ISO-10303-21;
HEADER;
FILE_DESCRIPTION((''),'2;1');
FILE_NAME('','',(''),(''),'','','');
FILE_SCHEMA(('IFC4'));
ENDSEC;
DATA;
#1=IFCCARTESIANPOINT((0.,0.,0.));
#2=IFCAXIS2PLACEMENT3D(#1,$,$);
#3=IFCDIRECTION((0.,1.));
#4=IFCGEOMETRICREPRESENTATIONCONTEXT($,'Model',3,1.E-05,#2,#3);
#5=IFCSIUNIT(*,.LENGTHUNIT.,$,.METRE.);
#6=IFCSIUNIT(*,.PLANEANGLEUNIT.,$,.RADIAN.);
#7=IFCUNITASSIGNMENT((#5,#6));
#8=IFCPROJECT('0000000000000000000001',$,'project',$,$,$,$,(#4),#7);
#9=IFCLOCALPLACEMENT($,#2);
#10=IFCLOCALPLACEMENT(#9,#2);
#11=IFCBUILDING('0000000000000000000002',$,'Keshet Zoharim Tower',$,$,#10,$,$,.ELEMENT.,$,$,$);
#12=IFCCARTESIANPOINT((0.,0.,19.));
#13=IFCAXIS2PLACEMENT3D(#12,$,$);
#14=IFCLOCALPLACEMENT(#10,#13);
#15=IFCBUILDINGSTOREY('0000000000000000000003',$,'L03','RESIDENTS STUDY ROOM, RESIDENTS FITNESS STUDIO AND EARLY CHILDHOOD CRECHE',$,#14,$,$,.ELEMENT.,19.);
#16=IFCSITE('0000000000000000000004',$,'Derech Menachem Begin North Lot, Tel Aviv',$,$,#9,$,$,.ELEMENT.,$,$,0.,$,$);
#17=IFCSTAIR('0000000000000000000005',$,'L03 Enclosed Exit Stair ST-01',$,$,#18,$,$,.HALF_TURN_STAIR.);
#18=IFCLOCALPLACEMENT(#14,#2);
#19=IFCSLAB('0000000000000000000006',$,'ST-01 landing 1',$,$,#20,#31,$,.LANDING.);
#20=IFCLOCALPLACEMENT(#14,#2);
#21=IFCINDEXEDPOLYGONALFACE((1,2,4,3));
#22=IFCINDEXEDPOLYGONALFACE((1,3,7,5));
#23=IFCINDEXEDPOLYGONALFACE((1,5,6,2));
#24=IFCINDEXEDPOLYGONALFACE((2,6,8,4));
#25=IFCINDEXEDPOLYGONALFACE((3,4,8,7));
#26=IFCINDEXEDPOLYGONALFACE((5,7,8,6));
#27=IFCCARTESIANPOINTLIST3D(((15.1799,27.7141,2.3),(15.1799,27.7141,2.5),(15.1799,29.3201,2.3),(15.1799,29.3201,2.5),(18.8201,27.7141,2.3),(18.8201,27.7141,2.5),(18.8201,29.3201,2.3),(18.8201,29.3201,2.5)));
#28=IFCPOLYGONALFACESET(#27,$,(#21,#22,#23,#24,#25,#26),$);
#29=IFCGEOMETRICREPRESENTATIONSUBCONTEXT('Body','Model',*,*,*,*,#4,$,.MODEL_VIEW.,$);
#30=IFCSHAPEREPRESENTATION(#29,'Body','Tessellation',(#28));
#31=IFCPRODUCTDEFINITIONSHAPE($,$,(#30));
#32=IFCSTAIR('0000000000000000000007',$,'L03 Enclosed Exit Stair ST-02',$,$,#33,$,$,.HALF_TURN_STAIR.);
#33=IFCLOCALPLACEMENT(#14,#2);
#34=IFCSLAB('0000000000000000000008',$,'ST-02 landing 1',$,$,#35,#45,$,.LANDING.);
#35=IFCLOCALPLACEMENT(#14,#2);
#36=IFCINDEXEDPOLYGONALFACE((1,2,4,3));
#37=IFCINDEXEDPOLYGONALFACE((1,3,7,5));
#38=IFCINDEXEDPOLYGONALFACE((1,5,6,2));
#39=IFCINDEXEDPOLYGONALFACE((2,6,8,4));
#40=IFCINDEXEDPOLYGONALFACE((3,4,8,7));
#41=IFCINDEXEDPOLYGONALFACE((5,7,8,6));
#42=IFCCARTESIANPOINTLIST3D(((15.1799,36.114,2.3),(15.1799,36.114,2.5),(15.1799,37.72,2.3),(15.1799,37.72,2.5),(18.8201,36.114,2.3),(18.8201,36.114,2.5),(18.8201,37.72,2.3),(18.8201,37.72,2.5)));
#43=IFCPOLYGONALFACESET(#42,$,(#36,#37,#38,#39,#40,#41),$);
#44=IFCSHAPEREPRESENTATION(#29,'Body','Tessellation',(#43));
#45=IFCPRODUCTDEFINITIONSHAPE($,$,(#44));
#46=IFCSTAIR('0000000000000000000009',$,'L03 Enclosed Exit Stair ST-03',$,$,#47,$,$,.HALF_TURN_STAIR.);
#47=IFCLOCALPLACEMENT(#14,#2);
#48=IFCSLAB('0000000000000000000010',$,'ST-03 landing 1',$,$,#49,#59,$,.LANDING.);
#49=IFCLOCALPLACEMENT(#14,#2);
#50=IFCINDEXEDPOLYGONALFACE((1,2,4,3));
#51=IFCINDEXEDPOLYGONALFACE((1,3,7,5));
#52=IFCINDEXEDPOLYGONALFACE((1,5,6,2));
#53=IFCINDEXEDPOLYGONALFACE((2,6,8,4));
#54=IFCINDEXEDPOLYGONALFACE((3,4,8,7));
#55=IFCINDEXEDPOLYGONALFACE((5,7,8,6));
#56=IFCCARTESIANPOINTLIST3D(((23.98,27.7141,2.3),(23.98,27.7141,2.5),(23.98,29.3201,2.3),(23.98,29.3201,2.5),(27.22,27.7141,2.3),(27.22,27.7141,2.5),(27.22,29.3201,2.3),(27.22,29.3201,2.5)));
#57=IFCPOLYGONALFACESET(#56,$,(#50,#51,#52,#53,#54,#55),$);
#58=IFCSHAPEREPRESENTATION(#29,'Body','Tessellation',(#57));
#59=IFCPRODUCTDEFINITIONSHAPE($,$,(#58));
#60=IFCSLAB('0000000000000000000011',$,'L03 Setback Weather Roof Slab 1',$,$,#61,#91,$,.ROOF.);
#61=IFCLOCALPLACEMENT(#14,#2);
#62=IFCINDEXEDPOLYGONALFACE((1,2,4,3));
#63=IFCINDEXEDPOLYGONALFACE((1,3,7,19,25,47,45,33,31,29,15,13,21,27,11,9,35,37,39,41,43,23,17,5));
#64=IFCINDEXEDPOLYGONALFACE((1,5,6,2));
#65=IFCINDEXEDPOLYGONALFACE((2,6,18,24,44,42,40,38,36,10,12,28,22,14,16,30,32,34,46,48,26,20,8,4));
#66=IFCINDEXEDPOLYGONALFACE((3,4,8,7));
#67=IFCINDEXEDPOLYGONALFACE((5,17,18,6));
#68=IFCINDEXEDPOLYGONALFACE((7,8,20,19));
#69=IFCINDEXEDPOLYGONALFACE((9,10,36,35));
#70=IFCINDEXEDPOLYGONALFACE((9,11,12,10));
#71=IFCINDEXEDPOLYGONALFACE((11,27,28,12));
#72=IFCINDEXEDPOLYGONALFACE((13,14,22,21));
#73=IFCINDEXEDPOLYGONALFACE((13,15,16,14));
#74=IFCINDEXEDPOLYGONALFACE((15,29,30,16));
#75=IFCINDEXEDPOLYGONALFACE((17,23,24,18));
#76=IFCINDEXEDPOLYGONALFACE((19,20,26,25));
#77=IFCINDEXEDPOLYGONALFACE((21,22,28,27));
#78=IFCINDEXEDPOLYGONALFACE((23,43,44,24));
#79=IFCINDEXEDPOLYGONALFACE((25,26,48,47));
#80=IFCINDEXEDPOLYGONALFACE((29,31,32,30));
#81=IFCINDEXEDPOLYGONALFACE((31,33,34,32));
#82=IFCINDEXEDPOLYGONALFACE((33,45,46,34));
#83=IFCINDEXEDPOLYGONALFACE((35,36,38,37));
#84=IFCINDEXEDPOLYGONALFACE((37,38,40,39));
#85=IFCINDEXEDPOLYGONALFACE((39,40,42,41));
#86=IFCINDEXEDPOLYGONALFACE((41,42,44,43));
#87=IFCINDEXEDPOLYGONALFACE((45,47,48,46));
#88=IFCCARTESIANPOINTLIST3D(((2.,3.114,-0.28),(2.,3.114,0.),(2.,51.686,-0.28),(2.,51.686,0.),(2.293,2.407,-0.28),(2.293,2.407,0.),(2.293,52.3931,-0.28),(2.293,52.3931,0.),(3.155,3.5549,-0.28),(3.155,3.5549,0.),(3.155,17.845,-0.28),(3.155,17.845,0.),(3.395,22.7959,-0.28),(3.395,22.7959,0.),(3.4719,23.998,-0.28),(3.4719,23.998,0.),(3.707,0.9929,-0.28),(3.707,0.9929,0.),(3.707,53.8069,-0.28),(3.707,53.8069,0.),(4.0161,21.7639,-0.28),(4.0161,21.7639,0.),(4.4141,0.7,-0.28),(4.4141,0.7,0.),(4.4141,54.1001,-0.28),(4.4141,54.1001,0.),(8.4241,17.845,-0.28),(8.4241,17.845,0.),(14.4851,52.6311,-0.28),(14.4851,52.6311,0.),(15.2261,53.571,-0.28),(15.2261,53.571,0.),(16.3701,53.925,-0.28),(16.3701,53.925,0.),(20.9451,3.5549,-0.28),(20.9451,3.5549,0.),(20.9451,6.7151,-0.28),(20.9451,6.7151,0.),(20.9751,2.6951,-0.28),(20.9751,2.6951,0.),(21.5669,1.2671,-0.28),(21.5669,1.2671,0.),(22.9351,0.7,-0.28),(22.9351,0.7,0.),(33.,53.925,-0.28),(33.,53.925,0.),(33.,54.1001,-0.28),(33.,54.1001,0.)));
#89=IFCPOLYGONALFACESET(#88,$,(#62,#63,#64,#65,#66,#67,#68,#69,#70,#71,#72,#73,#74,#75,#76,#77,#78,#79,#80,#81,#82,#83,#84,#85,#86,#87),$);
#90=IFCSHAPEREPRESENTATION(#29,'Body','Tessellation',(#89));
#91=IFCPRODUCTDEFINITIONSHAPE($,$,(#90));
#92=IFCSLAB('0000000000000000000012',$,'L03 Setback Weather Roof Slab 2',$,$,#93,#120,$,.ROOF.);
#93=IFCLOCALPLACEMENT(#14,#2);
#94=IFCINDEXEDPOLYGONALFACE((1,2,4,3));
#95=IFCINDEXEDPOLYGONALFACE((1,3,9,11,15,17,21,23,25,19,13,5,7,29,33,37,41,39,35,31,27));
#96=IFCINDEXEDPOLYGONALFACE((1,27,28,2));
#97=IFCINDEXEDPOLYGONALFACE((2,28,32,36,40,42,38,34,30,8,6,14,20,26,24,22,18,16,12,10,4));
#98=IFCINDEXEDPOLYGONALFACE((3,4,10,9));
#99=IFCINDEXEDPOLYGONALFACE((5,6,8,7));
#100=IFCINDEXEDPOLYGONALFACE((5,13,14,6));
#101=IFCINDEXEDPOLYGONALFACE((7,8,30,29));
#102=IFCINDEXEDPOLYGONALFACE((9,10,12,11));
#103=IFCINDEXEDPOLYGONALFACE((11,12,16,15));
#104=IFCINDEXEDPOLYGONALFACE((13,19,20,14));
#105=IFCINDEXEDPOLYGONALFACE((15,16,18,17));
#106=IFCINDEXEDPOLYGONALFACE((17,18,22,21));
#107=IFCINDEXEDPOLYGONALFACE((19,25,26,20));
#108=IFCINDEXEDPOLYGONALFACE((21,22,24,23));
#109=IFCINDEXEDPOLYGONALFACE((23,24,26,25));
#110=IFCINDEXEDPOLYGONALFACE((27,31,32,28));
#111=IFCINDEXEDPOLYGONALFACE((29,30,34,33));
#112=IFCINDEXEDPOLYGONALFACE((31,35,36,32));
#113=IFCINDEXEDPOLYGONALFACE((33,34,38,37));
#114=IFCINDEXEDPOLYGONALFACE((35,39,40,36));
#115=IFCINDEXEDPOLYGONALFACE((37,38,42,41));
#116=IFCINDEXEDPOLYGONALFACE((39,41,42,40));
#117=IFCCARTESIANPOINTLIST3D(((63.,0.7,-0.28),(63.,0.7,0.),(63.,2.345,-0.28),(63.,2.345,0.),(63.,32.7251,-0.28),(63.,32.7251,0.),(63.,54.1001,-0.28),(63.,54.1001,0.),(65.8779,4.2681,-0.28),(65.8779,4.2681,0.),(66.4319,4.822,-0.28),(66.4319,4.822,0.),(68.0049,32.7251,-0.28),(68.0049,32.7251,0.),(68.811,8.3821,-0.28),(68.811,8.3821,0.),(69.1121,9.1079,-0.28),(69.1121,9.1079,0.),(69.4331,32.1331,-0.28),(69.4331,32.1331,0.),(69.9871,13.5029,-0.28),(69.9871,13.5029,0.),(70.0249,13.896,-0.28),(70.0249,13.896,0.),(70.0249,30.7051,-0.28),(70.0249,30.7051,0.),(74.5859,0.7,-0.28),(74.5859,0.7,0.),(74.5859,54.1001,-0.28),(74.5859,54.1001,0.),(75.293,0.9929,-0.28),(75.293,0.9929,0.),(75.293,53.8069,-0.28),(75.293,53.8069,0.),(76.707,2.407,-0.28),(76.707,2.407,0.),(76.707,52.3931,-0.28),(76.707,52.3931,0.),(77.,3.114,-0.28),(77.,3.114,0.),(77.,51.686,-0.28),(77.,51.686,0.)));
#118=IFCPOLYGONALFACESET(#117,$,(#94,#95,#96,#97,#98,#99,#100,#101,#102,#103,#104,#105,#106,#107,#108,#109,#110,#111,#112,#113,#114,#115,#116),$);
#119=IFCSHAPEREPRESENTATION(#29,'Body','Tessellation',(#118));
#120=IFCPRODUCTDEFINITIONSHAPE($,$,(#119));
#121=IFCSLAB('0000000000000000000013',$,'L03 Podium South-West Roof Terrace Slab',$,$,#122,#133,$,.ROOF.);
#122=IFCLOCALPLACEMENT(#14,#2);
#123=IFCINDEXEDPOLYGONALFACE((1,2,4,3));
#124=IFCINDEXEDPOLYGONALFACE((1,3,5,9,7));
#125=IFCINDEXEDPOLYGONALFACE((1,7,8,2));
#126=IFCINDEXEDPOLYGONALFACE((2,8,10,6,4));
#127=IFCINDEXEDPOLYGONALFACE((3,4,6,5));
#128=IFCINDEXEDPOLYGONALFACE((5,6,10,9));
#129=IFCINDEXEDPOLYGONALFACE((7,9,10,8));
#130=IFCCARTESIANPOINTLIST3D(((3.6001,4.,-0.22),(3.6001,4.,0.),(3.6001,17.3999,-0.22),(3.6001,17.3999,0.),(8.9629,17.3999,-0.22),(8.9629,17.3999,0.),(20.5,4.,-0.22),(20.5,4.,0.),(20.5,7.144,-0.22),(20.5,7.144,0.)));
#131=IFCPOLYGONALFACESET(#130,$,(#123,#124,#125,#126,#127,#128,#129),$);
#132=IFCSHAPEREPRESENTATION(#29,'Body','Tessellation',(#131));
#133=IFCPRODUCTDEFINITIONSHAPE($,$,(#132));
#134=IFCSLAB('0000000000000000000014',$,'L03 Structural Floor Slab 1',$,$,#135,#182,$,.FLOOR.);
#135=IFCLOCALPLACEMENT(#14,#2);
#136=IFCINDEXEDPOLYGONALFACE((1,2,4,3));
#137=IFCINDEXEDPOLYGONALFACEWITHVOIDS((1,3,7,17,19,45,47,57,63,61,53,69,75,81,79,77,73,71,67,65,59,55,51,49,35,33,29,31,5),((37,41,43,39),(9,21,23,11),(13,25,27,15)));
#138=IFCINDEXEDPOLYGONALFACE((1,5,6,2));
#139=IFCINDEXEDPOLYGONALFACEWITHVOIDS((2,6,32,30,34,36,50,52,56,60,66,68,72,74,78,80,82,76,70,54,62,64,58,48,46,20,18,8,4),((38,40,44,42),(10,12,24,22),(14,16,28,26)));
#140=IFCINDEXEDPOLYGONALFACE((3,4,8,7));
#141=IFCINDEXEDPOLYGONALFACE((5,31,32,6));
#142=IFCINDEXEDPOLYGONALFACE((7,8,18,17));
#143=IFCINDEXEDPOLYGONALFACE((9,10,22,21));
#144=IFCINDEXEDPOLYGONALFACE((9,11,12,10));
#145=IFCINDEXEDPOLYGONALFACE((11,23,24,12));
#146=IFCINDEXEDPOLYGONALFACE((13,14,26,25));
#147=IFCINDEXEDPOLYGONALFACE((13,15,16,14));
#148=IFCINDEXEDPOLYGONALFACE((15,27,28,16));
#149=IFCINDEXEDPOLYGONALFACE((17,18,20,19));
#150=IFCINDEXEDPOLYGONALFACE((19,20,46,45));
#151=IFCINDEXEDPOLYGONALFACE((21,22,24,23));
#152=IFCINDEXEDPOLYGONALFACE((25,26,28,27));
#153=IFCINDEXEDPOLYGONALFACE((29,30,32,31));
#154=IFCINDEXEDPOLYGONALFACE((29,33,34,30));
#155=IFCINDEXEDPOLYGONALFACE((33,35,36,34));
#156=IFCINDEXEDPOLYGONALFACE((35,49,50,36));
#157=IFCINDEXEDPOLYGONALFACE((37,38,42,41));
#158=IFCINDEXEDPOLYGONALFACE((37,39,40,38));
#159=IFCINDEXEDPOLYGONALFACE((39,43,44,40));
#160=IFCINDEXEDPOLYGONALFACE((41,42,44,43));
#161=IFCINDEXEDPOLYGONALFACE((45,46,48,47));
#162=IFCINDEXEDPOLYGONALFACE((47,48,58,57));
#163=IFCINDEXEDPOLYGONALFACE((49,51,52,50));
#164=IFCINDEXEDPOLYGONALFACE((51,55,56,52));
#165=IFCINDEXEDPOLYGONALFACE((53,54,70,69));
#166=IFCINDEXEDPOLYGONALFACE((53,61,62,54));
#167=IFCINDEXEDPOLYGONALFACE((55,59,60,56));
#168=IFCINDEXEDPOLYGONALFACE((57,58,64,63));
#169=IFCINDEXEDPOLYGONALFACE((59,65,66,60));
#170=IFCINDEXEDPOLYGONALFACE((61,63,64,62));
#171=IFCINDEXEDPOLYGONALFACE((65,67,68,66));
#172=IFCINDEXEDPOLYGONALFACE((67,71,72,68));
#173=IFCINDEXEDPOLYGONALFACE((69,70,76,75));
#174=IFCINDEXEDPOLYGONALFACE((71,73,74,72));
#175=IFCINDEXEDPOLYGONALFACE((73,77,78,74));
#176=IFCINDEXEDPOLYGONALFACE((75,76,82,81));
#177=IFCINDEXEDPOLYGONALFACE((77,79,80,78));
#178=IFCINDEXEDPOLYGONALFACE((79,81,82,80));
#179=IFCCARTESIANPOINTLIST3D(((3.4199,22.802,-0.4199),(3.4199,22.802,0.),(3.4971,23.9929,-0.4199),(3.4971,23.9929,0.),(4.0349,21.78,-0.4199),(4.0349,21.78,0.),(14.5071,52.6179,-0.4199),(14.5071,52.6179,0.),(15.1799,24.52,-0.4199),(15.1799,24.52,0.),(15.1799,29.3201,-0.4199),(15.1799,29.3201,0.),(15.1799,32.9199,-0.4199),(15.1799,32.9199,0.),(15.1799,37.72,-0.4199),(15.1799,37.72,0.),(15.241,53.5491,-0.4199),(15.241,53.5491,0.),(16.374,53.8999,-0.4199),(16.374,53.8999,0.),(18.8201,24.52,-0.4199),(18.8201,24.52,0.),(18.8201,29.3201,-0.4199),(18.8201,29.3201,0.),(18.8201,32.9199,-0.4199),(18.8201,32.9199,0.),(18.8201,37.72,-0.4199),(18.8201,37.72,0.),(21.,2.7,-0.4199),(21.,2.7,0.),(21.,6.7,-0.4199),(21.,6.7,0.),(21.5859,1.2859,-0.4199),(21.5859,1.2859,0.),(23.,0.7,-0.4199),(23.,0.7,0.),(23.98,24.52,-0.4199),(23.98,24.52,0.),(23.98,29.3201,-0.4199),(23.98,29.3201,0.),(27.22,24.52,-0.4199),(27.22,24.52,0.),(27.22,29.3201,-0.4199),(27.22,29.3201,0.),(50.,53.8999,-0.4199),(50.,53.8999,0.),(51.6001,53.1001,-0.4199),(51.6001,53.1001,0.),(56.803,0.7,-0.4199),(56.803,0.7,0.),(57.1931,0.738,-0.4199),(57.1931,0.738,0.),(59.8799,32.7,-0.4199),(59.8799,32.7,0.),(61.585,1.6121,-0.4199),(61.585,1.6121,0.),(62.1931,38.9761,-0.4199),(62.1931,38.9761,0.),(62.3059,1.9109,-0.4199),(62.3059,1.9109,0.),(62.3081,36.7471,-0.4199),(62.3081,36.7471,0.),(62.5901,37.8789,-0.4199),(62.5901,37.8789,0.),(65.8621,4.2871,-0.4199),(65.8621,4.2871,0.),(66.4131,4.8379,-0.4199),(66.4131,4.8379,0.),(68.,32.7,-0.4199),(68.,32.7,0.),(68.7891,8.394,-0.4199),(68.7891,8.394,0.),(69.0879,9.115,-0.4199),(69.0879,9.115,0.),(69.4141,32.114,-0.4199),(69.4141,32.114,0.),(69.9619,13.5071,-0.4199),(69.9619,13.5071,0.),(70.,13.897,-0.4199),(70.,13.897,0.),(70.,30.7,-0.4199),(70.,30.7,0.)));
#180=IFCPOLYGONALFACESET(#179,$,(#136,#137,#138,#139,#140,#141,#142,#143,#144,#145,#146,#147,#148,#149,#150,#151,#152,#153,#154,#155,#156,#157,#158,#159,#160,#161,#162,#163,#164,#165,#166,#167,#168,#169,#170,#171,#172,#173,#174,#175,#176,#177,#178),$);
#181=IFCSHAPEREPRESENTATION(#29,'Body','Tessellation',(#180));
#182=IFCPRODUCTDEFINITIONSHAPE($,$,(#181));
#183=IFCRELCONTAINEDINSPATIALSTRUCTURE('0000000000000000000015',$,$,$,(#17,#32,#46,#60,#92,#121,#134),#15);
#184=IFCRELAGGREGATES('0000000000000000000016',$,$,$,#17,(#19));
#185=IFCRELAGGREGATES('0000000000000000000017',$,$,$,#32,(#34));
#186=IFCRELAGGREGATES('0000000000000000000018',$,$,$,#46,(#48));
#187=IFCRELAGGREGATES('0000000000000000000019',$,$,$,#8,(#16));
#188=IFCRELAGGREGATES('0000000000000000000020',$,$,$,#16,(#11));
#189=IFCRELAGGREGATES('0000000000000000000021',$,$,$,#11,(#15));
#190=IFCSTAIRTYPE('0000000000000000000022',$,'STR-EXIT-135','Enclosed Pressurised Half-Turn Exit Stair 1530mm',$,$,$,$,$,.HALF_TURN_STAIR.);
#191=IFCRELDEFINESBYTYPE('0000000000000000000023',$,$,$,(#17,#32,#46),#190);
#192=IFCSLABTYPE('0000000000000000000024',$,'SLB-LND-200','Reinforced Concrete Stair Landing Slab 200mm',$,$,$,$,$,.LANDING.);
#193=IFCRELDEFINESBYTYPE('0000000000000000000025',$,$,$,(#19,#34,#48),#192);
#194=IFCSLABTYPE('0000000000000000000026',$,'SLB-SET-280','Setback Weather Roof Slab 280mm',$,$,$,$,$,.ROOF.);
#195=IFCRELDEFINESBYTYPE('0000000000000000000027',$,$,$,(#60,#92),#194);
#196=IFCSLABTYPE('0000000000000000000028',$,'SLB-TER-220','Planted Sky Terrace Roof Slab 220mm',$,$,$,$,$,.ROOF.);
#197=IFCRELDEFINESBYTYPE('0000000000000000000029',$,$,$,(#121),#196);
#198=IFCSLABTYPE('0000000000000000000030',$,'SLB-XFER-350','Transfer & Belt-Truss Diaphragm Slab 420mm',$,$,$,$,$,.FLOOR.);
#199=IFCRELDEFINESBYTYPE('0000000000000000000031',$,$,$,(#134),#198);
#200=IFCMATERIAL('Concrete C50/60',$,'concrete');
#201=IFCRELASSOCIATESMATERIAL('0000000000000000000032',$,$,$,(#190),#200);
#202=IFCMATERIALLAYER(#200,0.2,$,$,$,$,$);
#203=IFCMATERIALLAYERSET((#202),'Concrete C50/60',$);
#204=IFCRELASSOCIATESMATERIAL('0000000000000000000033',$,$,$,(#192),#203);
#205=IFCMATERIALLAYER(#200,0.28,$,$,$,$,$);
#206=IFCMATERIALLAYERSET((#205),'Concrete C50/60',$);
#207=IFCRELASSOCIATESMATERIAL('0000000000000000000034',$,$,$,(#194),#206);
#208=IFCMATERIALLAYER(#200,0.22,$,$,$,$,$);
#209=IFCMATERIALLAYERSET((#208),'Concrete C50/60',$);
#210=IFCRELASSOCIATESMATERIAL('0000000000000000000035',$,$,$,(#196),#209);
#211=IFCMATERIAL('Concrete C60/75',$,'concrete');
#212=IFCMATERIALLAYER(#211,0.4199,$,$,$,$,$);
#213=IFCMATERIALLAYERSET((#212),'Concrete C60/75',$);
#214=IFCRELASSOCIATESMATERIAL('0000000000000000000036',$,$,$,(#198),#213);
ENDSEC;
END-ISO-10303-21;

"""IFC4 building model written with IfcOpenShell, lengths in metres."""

from ifc_helpers import new_model, si_unit, direction, frame, origin, place, context, subcontext, project, spatial, polyline, outline, extrude, material, layer, layer_set, type_object, element, aggregate, save


model = new_model("IFC4")

# Units and contexts
model_context = context("Model", 3, precision=1e-05, world=origin(), true_north=direction((0.0, 1.0)))
body_context = subcontext(model_context, "Body", "Model", "MODEL_VIEW")
ifc_project = project(units=[si_unit("LENGTHUNIT", "METRE"), si_unit("PLANEANGLEUNIT", "RADIAN")], contexts=[model_context])

# Site, building, storey
site_placement = place(None, origin())
site = spatial("IfcSite", under=ifc_project, at=site_placement, Name="Derech Menachem Begin North Lot, Tel Aviv", CompositionType="ELEMENT", RefElevation=0.0)
building_placement = place(site_placement, origin())
building = spatial("IfcBuilding", under=site, at=building_placement, Name="Keshet Zoharim Tower", CompositionType="ELEMENT")
storey_placement = place(building_placement, frame((0.0, 0.0, 19.0)))
storey = spatial("IfcBuildingStorey", under=building, at=storey_placement, Name="L03", Description="RESIDENTS STUDY ROOM, RESIDENTS FITNESS STUDIO AND EARLY CHILDHOOD CRECHE", CompositionType="ELEMENT", Elevation=19.0)

# Stairs, slabs
ifc_material_1 = material(Name="Concrete C50/60", Category="concrete")
stair_type = type_object("IfcStairType", Name="STR-EXIT-135", Description="Enclosed Pressurised Half-Turn Exit Stair 1530mm", PredefinedType="HALF_TURN_STAIR", material=ifc_material_1)
stair_1_placement = place(storey_placement, origin())
stair_1 = element("IfcStair", 1, at=stair_1_placement, inside=storey, type_object=stair_type, Name="L03 Enclosed Exit Stair ST-01", PredefinedType="HALF_TURN_STAIR")
ifc_layer_1 = layer(ifc_material_1, 0.2)
ifc_layer_set_1 = layer_set([ifc_layer_1], Name="Concrete C50/60")
slab_type_1 = type_object("IfcSlabType", Name="SLB-LND-200", Description="Reinforced Concrete Stair Landing Slab 200mm", PredefinedType="LANDING", material=ifc_layer_set_1)
slab_1_placement = place(storey_placement, frame((0.0, 0.0, 2.3)))
slab_1 = element("IfcSlab", 2, at=slab_1_placement, type_object=slab_type_1, Name="ST-01 landing 1", PredefinedType="LANDING", context=body_context, shape_type="SweptSolid", body=[
    extrude(outline(polyline([(15.1799, 27.7141), (18.8201, 27.7141), (18.8201, 29.3201), (15.1799, 29.3201), (15.1799, 27.7141)])), origin(), (0.0, 0.0, 1.0), 0.2),
])
aggregate(stair_1, [slab_1])
stair_2_placement = place(storey_placement, origin())
stair_2 = element("IfcStair", 3, at=stair_2_placement, inside=storey, type_object=stair_type, Name="L03 Enclosed Exit Stair ST-02", PredefinedType="HALF_TURN_STAIR")
slab_2_placement = place(storey_placement, frame((0.0, 0.0, 2.3)))
slab_2 = element("IfcSlab", 4, at=slab_2_placement, type_object=slab_type_1, Name="ST-02 landing 1", PredefinedType="LANDING", context=body_context, shape_type="SweptSolid", body=[
    extrude(outline(polyline([(15.1799, 36.114), (18.8201, 36.114), (18.8201, 37.72), (15.1799, 37.72), (15.1799, 36.114)])), origin(), (0.0, 0.0, 1.0), 0.2),
])
aggregate(stair_2, [slab_2])
stair_3_placement = place(storey_placement, origin())
stair_3 = element("IfcStair", 5, at=stair_3_placement, inside=storey, type_object=stair_type, Name="L03 Enclosed Exit Stair ST-03", PredefinedType="HALF_TURN_STAIR")
slab_3_placement = place(storey_placement, frame((0.0, 0.0, 2.3)))
slab_3 = element("IfcSlab", 6, at=slab_3_placement, type_object=slab_type_1, Name="ST-03 landing 1", PredefinedType="LANDING", context=body_context, shape_type="SweptSolid", body=[
    extrude(outline(polyline([(23.98, 27.7141), (27.22, 27.7141), (27.22, 29.3201), (23.98, 29.3201), (23.98, 27.7141)])), origin(), (0.0, 0.0, 1.0), 0.2),
])
aggregate(stair_3, [slab_3])

# Slabs
ifc_layer_2 = layer(ifc_material_1, 0.28)
ifc_layer_set_2 = layer_set([ifc_layer_2], Name="Concrete C50/60")
slab_type_2 = type_object("IfcSlabType", Name="SLB-SET-280", Description="Setback Weather Roof Slab 280mm", PredefinedType="ROOF", material=ifc_layer_set_2)
slab_4_placement = place(storey_placement, frame((0.0, 0.0, -0.28)))
element("IfcSlab", 7, at=slab_4_placement, inside=storey, type_object=slab_type_2, Name="L03 Setback Weather Roof Slab 1", PredefinedType="ROOF", context=body_context, shape_type="SweptSolid", body=[
    extrude(outline(polyline([(2.293, 52.3931), (3.707, 53.8069), (4.4141, 54.1001), (33.0, 54.1001), (33.0, 53.925), (16.3701, 53.925), (15.2261, 53.571), (14.4851, 52.6311), (3.4719, 23.998), (3.395, 22.7959), (4.0161, 21.7639), (8.4241, 17.845), (3.155, 17.845), (3.155, 3.5549), (20.9451, 3.5549), (20.9451, 6.7151), (20.9751, 2.6951), (21.5669, 1.2671), (22.9351, 0.7), (4.4141, 0.7), (3.707, 0.9929), (2.293, 2.407), (2.0, 3.114), (2.0, 51.686), (2.293, 52.3931)])), origin(), (0.0, 0.0, 1.0), 0.28),
])
slab_5_placement = place(storey_placement, frame((0.0, 0.0, -0.28)))
element("IfcSlab", 8, at=slab_5_placement, inside=storey, type_object=slab_type_2, Name="L03 Setback Weather Roof Slab 2", PredefinedType="ROOF", context=body_context, shape_type="SweptSolid", body=[
    extrude(outline(polyline([(76.707, 52.3931), (77.0, 51.686), (77.0, 3.114), (76.707, 2.407), (75.293, 0.9929), (74.5859, 0.7), (63.0, 0.7), (63.0, 2.345), (65.8779, 4.2681), (66.4319, 4.822), (68.811, 8.3821), (69.1121, 9.1079), (69.9871, 13.5029), (70.0249, 13.896), (70.0249, 30.7051), (69.4331, 32.1331), (68.0049, 32.7251), (63.0, 32.7251), (63.0, 54.1001), (74.5859, 54.1001), (75.293, 53.8069), (76.707, 52.3931)])), origin(), (0.0, 0.0, 1.0), 0.28),
])
ifc_layer_3 = layer(ifc_material_1, 0.22)
ifc_layer_set_3 = layer_set([ifc_layer_3], Name="Concrete C50/60")
slab_type_3 = type_object("IfcSlabType", Name="SLB-TER-220", Description="Planted Sky Terrace Roof Slab 220mm", PredefinedType="ROOF", material=ifc_layer_set_3)
slab_6_placement = place(storey_placement, frame((0.0, 0.0, -0.22)))
element("IfcSlab", 9, at=slab_6_placement, inside=storey, type_object=slab_type_3, Name="L03 Podium South-West Roof Terrace Slab", PredefinedType="ROOF", context=body_context, shape_type="SweptSolid", body=[
    extrude(outline(polyline([(8.9629, 17.3999), (20.5, 7.144), (20.5, 4.0), (3.6001, 4.0), (3.6001, 17.3999), (8.9629, 17.3999)])), origin(), (0.0, 0.0, 1.0), 0.22),
])
ifc_material_2 = material(Name="Concrete C60/75", Category="concrete")
ifc_layer_4 = layer(ifc_material_2, 0.4199)
ifc_layer_set_4 = layer_set([ifc_layer_4], Name="Concrete C60/75")
slab_type_4 = type_object("IfcSlabType", Name="SLB-XFER-350", Description="Transfer & Belt-Truss Diaphragm Slab 420mm", PredefinedType="FLOOR", material=ifc_layer_set_4)
slab_7_placement = place(storey_placement, frame((0.0, 0.0, -0.4199)))
element("IfcSlab", 10, at=slab_7_placement, inside=storey, type_object=slab_type_4, Name="L03 Structural Floor Slab 1", PredefinedType="FLOOR", context=body_context, shape_type="SweptSolid", body=[
    extrude(outline(polyline([(21.0, 6.7), (4.0349, 21.78), (3.4199, 22.802), (3.4971, 23.9929), (14.5071, 52.6179), (15.241, 53.5491), (16.374, 53.8999), (50.0, 53.8999), (51.6001, 53.1001), (62.1931, 38.9761), (62.5901, 37.8789), (62.3081, 36.7471), (59.8799, 32.7), (68.0, 32.7), (69.4141, 32.114), (70.0, 30.7), (70.0, 13.897), (69.9619, 13.5071), (69.0879, 9.115), (68.7891, 8.394), (66.4131, 4.8379), (65.8621, 4.2871), (62.3059, 1.9109), (61.585, 1.6121), (57.1931, 0.738), (56.803, 0.7), (23.0, 0.7), (21.5859, 1.2859), (21.0, 2.7), (21.0, 6.7)]), holes=[polyline([(15.1799, 24.52), (18.8201, 24.52), (18.8201, 29.3201), (15.1799, 29.3201), (15.1799, 24.52)]), polyline([(15.1799, 32.9199), (18.8201, 32.9199), (18.8201, 37.72), (15.1799, 37.72), (15.1799, 32.9199)]), polyline([(23.98, 24.52), (27.22, 24.52), (27.22, 29.3201), (23.98, 29.3201), (23.98, 24.52)])]), origin(), (0.0, 0.0, 1.0), 0.4199),
])

save(model, "model.ifc")
